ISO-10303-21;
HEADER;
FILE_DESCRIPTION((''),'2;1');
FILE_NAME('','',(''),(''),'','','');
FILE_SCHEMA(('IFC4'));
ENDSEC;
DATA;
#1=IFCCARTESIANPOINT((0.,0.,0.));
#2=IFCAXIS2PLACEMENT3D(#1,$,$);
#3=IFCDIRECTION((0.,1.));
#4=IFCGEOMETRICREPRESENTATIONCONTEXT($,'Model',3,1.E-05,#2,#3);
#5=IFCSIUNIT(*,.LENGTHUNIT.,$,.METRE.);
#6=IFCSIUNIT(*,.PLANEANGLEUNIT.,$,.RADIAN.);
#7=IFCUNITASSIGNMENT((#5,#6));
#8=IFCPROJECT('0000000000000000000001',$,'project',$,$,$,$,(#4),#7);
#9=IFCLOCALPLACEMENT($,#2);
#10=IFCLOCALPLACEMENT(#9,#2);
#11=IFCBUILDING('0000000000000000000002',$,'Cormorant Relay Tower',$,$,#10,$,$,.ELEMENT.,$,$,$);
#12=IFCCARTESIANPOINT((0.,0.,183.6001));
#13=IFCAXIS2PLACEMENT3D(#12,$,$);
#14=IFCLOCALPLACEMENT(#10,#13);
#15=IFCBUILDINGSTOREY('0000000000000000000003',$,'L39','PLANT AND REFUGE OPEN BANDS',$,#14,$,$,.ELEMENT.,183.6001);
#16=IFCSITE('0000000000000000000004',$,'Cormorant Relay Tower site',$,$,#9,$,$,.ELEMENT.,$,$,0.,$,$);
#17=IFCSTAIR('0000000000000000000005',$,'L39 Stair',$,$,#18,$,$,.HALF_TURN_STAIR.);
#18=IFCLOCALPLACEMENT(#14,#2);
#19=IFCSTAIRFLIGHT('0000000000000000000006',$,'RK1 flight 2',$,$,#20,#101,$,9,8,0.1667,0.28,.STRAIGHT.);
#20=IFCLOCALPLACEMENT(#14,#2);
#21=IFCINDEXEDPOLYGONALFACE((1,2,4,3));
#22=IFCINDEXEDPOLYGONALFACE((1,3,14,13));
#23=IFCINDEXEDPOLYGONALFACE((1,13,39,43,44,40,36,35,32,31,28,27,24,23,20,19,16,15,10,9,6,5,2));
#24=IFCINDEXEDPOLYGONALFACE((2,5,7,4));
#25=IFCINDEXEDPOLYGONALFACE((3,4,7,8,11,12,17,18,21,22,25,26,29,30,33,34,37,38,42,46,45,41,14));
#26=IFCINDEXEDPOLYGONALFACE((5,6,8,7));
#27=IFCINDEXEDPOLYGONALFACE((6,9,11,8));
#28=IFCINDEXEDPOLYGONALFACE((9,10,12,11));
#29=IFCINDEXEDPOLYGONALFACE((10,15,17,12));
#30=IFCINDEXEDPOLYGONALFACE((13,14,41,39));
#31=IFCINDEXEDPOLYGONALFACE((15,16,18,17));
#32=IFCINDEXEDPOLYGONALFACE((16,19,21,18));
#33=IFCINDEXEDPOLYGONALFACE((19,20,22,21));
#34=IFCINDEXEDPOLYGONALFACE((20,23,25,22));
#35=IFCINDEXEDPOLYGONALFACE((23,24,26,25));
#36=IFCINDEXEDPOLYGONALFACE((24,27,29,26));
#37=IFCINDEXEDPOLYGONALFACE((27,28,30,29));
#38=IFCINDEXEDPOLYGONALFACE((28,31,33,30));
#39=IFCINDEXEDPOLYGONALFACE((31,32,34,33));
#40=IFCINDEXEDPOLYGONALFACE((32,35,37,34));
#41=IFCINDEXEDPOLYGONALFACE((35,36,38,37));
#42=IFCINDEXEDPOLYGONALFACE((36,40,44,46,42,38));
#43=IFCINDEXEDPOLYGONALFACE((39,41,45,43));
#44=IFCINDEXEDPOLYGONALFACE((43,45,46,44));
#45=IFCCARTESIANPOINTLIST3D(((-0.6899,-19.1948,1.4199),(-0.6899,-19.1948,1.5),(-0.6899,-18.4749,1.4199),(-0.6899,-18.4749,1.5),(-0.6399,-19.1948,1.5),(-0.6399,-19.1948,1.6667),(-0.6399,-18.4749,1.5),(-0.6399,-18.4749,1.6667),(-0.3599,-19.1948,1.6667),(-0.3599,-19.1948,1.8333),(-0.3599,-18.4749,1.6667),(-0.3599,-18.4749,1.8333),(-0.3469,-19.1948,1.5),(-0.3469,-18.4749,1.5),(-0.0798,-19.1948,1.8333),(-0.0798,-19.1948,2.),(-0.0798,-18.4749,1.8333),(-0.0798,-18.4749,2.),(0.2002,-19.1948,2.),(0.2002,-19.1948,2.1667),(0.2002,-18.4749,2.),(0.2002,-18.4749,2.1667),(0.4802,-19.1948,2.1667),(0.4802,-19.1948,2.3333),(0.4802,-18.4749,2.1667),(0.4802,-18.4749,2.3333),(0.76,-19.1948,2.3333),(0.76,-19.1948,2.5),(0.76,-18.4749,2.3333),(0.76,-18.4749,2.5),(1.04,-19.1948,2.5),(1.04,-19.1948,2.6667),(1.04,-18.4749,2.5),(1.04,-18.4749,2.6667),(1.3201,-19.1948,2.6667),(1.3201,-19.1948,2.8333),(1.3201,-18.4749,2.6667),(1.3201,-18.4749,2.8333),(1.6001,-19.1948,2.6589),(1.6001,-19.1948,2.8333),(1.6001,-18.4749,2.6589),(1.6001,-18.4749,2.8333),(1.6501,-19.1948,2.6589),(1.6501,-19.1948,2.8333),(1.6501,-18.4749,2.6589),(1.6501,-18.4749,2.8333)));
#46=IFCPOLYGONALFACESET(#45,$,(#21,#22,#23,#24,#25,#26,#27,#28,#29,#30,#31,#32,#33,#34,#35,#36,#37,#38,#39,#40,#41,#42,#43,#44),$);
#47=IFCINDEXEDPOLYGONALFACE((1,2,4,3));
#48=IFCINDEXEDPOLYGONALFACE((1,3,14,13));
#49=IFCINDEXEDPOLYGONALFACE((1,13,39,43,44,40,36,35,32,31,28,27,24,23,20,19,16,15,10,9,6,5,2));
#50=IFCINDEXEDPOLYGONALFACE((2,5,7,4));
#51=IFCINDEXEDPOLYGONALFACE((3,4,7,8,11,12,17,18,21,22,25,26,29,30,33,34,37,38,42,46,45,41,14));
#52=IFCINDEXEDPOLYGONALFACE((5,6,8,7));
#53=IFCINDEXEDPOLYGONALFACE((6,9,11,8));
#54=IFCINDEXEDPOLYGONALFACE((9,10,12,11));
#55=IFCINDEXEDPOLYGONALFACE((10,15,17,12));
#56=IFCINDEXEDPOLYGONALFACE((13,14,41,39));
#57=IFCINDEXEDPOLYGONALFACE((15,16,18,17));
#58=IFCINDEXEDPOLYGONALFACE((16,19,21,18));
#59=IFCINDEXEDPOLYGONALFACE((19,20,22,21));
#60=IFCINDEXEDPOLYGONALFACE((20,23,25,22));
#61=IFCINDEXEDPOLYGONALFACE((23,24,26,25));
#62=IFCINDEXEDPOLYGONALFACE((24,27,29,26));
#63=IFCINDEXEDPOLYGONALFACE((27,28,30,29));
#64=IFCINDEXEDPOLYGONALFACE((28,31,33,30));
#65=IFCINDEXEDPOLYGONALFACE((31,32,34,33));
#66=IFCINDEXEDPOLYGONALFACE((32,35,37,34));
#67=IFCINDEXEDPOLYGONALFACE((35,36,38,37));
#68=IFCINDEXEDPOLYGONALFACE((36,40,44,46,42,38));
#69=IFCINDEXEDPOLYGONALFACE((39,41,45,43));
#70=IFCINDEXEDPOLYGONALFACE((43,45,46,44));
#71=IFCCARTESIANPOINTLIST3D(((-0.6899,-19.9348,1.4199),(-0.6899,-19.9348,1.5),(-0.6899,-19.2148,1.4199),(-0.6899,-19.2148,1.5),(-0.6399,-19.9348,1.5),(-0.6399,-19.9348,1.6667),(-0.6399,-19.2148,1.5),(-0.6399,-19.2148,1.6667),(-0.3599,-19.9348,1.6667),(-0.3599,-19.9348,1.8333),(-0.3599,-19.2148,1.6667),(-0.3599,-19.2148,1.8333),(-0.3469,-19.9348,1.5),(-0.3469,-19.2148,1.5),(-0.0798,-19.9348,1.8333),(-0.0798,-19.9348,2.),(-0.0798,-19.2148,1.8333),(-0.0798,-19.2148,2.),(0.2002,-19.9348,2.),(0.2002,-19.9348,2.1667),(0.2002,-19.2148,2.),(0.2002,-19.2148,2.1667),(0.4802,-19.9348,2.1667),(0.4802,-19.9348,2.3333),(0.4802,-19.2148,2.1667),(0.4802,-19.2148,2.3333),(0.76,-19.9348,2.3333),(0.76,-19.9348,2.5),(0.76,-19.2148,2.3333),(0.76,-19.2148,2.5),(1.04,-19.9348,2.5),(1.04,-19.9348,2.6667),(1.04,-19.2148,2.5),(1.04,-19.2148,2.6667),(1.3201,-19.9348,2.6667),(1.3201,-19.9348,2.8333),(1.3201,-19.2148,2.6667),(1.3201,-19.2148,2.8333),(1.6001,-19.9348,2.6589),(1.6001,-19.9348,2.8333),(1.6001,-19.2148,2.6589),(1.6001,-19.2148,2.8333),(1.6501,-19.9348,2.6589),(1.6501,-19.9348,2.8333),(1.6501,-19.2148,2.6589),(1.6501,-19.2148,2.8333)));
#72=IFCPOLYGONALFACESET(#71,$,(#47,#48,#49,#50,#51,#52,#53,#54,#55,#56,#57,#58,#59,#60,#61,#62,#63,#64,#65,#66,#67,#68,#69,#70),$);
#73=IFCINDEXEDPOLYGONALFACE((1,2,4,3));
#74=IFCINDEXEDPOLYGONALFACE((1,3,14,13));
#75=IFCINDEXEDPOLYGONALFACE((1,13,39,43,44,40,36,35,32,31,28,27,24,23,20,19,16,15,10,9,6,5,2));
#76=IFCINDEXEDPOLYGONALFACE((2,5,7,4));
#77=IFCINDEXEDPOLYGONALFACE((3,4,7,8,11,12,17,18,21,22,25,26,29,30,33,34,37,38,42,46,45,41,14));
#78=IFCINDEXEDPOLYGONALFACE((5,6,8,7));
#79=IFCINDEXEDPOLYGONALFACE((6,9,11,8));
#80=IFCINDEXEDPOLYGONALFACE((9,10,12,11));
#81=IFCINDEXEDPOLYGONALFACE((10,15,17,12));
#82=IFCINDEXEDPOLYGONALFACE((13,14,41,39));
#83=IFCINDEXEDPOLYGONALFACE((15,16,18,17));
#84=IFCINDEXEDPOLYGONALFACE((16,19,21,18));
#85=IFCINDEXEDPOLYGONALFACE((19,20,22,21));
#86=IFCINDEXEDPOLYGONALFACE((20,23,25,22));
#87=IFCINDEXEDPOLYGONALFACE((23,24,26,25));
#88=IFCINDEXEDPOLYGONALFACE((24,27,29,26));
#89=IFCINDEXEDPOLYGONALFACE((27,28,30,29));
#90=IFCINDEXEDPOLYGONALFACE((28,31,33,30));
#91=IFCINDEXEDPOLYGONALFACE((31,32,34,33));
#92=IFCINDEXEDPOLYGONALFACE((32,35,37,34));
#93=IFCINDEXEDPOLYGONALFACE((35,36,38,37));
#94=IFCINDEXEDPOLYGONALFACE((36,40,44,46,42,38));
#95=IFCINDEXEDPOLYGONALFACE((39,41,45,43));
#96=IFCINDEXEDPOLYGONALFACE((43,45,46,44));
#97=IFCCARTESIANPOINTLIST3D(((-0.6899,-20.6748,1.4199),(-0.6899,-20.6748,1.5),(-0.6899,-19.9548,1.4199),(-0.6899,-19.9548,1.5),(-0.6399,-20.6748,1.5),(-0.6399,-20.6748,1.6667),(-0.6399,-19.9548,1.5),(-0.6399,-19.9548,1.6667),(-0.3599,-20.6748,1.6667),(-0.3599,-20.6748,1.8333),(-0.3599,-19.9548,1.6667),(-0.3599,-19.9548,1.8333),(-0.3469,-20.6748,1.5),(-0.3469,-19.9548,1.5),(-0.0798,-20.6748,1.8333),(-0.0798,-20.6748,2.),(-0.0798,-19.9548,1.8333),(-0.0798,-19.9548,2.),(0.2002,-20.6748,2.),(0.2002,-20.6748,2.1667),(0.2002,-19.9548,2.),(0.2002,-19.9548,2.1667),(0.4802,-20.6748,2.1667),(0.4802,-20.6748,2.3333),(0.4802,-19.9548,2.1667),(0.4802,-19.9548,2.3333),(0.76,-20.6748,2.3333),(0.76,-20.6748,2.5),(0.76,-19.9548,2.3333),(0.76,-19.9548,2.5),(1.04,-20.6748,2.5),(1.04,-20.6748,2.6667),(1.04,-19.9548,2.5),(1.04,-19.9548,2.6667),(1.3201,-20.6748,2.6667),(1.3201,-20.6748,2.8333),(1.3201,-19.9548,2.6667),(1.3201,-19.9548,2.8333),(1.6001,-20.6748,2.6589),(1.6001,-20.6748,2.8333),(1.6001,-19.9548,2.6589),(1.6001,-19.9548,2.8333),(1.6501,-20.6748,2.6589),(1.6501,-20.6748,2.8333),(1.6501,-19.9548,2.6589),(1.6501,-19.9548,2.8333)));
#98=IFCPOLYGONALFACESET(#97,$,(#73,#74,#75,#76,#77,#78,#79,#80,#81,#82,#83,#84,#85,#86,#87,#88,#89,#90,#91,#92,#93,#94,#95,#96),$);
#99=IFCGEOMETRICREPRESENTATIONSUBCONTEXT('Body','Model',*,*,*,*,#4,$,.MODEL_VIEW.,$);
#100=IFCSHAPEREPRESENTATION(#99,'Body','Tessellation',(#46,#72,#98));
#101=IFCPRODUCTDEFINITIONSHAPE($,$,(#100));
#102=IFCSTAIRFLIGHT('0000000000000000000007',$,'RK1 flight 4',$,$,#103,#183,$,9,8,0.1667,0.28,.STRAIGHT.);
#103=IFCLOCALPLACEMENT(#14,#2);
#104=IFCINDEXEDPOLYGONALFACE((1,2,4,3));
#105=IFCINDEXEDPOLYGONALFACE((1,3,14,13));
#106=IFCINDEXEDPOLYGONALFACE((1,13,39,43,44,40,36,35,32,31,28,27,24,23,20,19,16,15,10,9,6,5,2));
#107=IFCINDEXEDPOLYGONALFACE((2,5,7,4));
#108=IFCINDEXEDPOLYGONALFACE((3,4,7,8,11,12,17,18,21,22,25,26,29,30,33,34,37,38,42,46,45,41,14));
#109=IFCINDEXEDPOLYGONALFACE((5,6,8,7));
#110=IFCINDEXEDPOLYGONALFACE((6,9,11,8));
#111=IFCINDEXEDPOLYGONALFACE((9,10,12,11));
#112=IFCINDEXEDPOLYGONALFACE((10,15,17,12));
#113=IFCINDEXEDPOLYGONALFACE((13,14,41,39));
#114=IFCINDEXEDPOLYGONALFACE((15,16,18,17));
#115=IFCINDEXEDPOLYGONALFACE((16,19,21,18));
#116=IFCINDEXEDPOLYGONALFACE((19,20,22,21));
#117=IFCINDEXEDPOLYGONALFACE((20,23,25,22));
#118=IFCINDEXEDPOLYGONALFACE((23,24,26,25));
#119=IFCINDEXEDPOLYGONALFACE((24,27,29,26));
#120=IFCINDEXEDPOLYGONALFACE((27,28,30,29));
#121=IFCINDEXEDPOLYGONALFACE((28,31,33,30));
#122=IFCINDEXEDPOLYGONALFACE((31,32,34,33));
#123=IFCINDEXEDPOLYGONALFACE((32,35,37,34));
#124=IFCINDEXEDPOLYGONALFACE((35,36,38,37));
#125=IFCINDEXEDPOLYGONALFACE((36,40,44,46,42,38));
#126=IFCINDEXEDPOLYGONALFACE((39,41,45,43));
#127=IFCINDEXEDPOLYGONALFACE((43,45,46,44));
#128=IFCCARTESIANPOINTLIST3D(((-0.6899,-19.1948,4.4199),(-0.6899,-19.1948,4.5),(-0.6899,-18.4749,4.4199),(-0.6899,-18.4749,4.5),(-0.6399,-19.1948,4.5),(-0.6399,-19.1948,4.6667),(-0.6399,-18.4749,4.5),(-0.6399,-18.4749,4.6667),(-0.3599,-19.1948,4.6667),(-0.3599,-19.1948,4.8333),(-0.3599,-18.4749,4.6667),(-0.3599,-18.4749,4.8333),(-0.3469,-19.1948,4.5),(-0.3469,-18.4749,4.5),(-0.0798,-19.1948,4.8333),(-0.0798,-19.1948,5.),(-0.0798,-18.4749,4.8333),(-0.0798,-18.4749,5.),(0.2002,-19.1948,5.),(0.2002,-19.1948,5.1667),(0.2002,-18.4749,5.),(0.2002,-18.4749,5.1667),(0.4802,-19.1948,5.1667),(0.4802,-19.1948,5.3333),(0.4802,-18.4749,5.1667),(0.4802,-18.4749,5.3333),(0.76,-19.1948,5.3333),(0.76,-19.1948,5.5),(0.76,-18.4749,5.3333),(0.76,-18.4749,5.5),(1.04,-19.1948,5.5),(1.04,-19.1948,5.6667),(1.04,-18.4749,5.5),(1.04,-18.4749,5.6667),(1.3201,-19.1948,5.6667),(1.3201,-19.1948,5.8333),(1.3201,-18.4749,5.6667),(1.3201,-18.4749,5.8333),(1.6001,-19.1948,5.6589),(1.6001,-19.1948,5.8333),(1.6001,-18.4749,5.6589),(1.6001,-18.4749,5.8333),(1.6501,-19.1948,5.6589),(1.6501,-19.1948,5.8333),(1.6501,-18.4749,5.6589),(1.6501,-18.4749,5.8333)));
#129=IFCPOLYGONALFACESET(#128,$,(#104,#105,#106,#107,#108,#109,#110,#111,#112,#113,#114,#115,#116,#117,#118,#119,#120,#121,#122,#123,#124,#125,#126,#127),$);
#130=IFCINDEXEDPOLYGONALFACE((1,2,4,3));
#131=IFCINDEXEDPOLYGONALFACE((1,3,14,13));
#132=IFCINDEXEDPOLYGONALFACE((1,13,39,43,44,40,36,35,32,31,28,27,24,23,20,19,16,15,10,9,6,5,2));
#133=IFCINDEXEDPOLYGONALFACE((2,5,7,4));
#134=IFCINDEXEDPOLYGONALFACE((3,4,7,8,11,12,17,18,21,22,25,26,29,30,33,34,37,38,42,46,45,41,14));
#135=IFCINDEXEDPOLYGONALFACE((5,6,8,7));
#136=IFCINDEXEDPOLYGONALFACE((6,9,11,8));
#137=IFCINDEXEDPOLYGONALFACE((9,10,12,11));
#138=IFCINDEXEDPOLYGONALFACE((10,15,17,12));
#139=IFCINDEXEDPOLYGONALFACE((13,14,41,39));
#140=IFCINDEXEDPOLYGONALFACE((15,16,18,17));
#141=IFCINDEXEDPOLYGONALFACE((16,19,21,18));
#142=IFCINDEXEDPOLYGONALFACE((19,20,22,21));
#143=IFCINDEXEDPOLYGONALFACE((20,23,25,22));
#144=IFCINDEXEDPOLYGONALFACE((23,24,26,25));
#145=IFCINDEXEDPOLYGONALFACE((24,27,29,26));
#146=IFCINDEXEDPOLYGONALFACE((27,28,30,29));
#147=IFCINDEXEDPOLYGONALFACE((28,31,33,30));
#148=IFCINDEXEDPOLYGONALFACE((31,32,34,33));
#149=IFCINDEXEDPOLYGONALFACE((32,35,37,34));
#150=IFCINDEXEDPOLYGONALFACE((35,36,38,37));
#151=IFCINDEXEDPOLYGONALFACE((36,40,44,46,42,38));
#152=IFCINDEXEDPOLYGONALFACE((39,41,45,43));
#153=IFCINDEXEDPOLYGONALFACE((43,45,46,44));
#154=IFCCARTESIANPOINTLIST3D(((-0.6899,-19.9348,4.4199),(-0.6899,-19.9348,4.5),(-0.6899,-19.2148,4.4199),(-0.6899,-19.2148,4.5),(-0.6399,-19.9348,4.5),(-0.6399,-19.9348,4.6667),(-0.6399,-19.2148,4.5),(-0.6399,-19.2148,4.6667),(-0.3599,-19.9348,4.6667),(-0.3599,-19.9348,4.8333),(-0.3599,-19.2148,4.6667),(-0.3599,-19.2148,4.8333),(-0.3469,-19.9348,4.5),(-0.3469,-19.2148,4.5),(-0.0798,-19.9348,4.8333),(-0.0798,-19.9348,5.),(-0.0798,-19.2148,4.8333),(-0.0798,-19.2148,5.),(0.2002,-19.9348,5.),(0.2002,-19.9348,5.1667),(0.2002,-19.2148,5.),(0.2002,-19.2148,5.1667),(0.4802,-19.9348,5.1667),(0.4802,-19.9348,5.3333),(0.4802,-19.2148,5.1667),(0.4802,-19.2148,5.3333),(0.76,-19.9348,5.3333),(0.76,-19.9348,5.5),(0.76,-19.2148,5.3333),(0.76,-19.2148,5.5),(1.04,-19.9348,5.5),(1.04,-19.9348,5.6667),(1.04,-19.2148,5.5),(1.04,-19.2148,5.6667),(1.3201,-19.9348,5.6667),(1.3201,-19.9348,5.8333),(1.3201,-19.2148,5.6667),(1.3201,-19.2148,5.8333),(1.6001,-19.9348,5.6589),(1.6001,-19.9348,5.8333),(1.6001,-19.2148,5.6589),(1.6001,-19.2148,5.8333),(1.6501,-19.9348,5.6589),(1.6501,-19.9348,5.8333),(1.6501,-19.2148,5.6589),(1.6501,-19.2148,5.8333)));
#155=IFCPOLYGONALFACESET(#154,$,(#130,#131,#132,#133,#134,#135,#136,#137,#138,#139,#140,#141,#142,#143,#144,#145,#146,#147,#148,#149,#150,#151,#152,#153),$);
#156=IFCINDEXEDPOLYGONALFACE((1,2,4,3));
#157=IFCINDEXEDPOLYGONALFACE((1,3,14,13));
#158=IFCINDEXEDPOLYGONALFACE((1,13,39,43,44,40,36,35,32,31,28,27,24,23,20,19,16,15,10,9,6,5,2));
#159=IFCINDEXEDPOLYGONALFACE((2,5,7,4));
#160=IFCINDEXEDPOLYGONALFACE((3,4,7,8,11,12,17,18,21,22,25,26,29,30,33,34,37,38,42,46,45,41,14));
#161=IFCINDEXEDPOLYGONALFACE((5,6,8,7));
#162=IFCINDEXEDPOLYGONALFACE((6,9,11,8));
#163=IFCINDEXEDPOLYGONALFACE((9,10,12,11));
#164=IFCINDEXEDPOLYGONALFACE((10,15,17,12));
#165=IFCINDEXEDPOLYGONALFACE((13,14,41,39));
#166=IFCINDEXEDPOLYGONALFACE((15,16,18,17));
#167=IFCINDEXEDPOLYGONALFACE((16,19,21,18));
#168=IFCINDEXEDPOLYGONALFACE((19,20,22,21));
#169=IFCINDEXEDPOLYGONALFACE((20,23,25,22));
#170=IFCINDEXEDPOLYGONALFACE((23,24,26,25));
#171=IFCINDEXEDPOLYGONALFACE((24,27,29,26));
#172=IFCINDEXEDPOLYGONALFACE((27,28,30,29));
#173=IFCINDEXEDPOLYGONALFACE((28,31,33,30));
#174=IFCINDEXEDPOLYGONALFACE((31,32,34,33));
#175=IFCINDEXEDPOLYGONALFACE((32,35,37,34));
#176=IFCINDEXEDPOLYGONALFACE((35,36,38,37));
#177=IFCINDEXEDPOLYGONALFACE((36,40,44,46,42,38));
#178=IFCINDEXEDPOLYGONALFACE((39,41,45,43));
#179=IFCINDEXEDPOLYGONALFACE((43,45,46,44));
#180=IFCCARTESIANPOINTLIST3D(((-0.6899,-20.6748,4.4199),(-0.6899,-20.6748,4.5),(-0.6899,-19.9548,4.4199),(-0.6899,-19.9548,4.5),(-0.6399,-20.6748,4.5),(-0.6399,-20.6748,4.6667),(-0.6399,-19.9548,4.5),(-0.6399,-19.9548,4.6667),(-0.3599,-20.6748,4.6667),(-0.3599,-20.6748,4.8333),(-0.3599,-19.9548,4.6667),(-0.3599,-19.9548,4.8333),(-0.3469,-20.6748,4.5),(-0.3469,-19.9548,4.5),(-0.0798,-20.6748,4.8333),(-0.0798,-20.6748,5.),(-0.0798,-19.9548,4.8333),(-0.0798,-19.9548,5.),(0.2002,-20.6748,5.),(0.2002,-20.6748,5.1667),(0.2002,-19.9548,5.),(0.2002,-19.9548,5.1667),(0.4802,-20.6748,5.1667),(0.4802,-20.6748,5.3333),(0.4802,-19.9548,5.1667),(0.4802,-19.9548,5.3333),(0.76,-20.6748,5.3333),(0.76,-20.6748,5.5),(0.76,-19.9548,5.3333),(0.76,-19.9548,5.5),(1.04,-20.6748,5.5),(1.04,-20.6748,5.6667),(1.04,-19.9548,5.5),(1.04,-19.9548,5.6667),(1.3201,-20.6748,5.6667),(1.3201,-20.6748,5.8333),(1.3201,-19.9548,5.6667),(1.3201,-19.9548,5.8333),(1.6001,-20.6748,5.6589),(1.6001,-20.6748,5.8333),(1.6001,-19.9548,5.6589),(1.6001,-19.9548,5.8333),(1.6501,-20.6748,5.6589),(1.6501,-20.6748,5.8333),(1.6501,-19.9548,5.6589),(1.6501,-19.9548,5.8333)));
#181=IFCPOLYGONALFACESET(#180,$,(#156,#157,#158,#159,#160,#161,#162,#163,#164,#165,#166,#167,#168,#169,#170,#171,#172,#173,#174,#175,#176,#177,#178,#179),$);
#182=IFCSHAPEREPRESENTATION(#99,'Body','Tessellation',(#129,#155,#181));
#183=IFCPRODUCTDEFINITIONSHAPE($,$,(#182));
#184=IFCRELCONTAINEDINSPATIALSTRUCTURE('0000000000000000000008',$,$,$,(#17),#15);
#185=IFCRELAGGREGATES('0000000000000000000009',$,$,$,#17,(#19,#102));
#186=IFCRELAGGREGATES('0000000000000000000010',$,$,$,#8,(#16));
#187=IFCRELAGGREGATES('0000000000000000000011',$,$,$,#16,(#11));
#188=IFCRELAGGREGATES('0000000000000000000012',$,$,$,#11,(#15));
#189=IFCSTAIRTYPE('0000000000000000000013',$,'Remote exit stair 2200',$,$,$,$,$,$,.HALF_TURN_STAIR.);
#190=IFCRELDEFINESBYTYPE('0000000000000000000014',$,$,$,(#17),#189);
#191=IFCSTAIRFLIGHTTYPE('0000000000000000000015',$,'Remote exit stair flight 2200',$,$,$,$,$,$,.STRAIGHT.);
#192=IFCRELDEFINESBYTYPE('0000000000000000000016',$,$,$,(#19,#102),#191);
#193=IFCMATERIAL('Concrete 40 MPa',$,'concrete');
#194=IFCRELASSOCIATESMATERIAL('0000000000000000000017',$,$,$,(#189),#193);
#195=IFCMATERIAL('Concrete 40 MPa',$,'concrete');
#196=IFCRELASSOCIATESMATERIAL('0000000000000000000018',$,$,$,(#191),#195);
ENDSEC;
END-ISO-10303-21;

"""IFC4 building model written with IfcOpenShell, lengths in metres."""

from ifc_helpers import new_model, si_unit, direction, frame, origin, place, context, subcontext, project, spatial, polyline, outline, extrude, material, type_object, element, aggregate, save


model = new_model("IFC4")

# Units and contexts
model_context = context("Model", 3, precision=1e-05, world=origin(), true_north=direction((0.0, 1.0)))
body_context = subcontext(model_context, "Body", "Model", "MODEL_VIEW")
ifc_project = project(units=[si_unit("LENGTHUNIT", "METRE"), si_unit("PLANEANGLEUNIT", "RADIAN")], contexts=[model_context])

# Site, building, storey
site_placement = place(None, origin())
site = spatial("IfcSite", under=ifc_project, at=site_placement, Name="Cormorant Relay Tower site", CompositionType="ELEMENT", RefElevation=0.0)
building_placement = place(site_placement, origin())
building = spatial("IfcBuilding", under=site, at=building_placement, Name="Cormorant Relay Tower", CompositionType="ELEMENT")
storey_placement = place(building_placement, frame((0.0, 0.0, 183.6001)))
storey = spatial("IfcBuildingStorey", under=building, at=storey_placement, Name="L39", Description="PLANT AND REFUGE OPEN BANDS", CompositionType="ELEMENT", Elevation=183.6001)

# Stair, stair flights
ifc_material_1 = material(Name="Concrete 40 MPa", Category="concrete")
stair_type = type_object("IfcStairType", Name="Remote exit stair 2200", PredefinedType="HALF_TURN_STAIR", material=ifc_material_1)
stair_placement = place(storey_placement, origin())
stair = element("IfcStair", 1, at=stair_placement, inside=storey, type_object=stair_type, Name="L39 Stair", PredefinedType="HALF_TURN_STAIR")
ifc_material_2 = material(Name="Concrete 40 MPa", Category="concrete")
stair_flight_type = type_object("IfcStairFlightType", Name="Remote exit stair flight 2200", PredefinedType="STRAIGHT", material=ifc_material_2)
stair_flight_1_placement = place(storey_placement, frame((-0.6399, -19.575, 1.5), z_axis=(0.0, 0.0, 1.0), x_axis=(1.0, 0.0, 0.0)))
stair_flight_1 = element("IfcStairFlight", 2, at=stair_flight_1_placement, type_object=stair_flight_type, Name="RK1 flight 2", NumberOfRisers=9, NumberOfTreads=8, PredefinedType="STRAIGHT", RiserHeight=0.1667, TreadLength=0.28, context=body_context, shape_type="SweptSolid", body=[
    extrude(outline(polyline([(-0.05, -0.0801), (-0.05, 0.0), (0.0, 0.0), (0.0, 0.1667), (0.28, 0.1667), (0.28, 0.3333), (0.5601, 0.3333), (0.5601, 0.5), (0.8401, 0.5), (0.8401, 0.6667), (1.1201, 0.6667), (1.1201, 0.8333), (1.3999, 0.8333), (1.3999, 1.0), (1.6799, 1.0), (1.6799, 1.1667), (1.96, 1.1667), (1.96, 1.3333), (2.24, 1.3333), (2.29, 1.3333), (2.29, 1.1589), (2.24, 1.1589), (0.293, 0.0), (-0.05, -0.0801)])), frame((0.0, 1.1001, 0.0), z_axis=(0.0, -1.0, 0.0), x_axis=(1.0, 0.0, 0.0)), (0.0, 0.0, 1.0), 0.72),
    extrude(outline(polyline([(-0.05, -0.0801), (-0.05, 0.0), (0.0, 0.0), (0.0, 0.1667), (0.28, 0.1667), (0.28, 0.3333), (0.5601, 0.3333), (0.5601, 0.5), (0.8401, 0.5), (0.8401, 0.6667), (1.1201, 0.6667), (1.1201, 0.8333), (1.3999, 0.8333), (1.3999, 1.0), (1.6799, 1.0), (1.6799, 1.1667), (1.96, 1.1667), (1.96, 1.3333), (2.24, 1.3333), (2.29, 1.3333), (2.29, 1.1589), (2.24, 1.1589), (0.293, 0.0), (-0.05, -0.0801)])), frame((0.0, 0.3601, 0.0), z_axis=(0.0, -1.0, 0.0), x_axis=(1.0, 0.0, 0.0)), (0.0, 0.0, 1.0), 0.72),
    extrude(outline(polyline([(-0.05, -0.0801), (-0.05, 0.0), (0.0, 0.0), (0.0, 0.1667), (0.28, 0.1667), (0.28, 0.3333), (0.5601, 0.3333), (0.5601, 0.5), (0.8401, 0.5), (0.8401, 0.6667), (1.1201, 0.6667), (1.1201, 0.8333), (1.3999, 0.8333), (1.3999, 1.0), (1.6799, 1.0), (1.6799, 1.1667), (1.96, 1.1667), (1.96, 1.3333), (2.24, 1.3333), (2.29, 1.3333), (2.29, 1.1589), (2.24, 1.1589), (0.293, 0.0), (-0.05, -0.0801)])), frame((0.0, -0.3799, 0.0), z_axis=(0.0, -1.0, 0.0), x_axis=(1.0, 0.0, 0.0)), (0.0, 0.0, 1.0), 0.72),
])
stair_flight_2_placement = place(storey_placement, frame((-0.6399, -19.575, 4.5), z_axis=(0.0, 0.0, 1.0), x_axis=(1.0, 0.0, 0.0)))
stair_flight_2 = element("IfcStairFlight", 3, at=stair_flight_2_placement, type_object=stair_flight_type, Name="RK1 flight 4", NumberOfRisers=9, NumberOfTreads=8, PredefinedType="STRAIGHT", RiserHeight=0.1667, TreadLength=0.28, context=body_context, shape_type="SweptSolid", body=[
    extrude(outline(polyline([(-0.05, -0.0801), (-0.05, 0.0), (0.0, 0.0), (0.0, 0.1667), (0.28, 0.1667), (0.28, 0.3333), (0.5601, 0.3333), (0.5601, 0.5), (0.8401, 0.5), (0.8401, 0.6667), (1.1201, 0.6667), (1.1201, 0.8333), (1.3999, 0.8333), (1.3999, 1.0), (1.6799, 1.0), (1.6799, 1.1667), (1.96, 1.1667), (1.96, 1.3333), (2.24, 1.3333), (2.29, 1.3333), (2.29, 1.1589), (2.24, 1.1589), (0.293, 0.0), (-0.05, -0.0801)])), frame((0.0, 1.1001, 0.0), z_axis=(0.0, -1.0, 0.0), x_axis=(1.0, 0.0, 0.0)), (0.0, 0.0, 1.0), 0.72),
    extrude(outline(polyline([(-0.05, -0.0801), (-0.05, 0.0), (0.0, 0.0), (0.0, 0.1667), (0.28, 0.1667), (0.28, 0.3333), (0.5601, 0.3333), (0.5601, 0.5), (0.8401, 0.5), (0.8401, 0.6667), (1.1201, 0.6667), (1.1201, 0.8333), (1.3999, 0.8333), (1.3999, 1.0), (1.6799, 1.0), (1.6799, 1.1667), (1.96, 1.1667), (1.96, 1.3333), (2.24, 1.3333), (2.29, 1.3333), (2.29, 1.1589), (2.24, 1.1589), (0.293, 0.0), (-0.05, -0.0801)])), frame((0.0, 0.3601, 0.0), z_axis=(0.0, -1.0, 0.0), x_axis=(1.0, 0.0, 0.0)), (0.0, 0.0, 1.0), 0.72),
    extrude(outline(polyline([(-0.05, -0.0801), (-0.05, 0.0), (0.0, 0.0), (0.0, 0.1667), (0.28, 0.1667), (0.28, 0.3333), (0.5601, 0.3333), (0.5601, 0.5), (0.8401, 0.5), (0.8401, 0.6667), (1.1201, 0.6667), (1.1201, 0.8333), (1.3999, 0.8333), (1.3999, 1.0), (1.6799, 1.0), (1.6799, 1.1667), (1.96, 1.1667), (1.96, 1.3333), (2.24, 1.3333), (2.29, 1.3333), (2.29, 1.1589), (2.24, 1.1589), (0.293, 0.0), (-0.05, -0.0801)])), frame((0.0, -0.3799, 0.0), z_axis=(0.0, -1.0, 0.0), x_axis=(1.0, 0.0, 0.0)), (0.0, 0.0, 1.0), 0.72),
])
aggregate(stair, [stair_flight_1, stair_flight_2])

save(model, "model.ifc")
